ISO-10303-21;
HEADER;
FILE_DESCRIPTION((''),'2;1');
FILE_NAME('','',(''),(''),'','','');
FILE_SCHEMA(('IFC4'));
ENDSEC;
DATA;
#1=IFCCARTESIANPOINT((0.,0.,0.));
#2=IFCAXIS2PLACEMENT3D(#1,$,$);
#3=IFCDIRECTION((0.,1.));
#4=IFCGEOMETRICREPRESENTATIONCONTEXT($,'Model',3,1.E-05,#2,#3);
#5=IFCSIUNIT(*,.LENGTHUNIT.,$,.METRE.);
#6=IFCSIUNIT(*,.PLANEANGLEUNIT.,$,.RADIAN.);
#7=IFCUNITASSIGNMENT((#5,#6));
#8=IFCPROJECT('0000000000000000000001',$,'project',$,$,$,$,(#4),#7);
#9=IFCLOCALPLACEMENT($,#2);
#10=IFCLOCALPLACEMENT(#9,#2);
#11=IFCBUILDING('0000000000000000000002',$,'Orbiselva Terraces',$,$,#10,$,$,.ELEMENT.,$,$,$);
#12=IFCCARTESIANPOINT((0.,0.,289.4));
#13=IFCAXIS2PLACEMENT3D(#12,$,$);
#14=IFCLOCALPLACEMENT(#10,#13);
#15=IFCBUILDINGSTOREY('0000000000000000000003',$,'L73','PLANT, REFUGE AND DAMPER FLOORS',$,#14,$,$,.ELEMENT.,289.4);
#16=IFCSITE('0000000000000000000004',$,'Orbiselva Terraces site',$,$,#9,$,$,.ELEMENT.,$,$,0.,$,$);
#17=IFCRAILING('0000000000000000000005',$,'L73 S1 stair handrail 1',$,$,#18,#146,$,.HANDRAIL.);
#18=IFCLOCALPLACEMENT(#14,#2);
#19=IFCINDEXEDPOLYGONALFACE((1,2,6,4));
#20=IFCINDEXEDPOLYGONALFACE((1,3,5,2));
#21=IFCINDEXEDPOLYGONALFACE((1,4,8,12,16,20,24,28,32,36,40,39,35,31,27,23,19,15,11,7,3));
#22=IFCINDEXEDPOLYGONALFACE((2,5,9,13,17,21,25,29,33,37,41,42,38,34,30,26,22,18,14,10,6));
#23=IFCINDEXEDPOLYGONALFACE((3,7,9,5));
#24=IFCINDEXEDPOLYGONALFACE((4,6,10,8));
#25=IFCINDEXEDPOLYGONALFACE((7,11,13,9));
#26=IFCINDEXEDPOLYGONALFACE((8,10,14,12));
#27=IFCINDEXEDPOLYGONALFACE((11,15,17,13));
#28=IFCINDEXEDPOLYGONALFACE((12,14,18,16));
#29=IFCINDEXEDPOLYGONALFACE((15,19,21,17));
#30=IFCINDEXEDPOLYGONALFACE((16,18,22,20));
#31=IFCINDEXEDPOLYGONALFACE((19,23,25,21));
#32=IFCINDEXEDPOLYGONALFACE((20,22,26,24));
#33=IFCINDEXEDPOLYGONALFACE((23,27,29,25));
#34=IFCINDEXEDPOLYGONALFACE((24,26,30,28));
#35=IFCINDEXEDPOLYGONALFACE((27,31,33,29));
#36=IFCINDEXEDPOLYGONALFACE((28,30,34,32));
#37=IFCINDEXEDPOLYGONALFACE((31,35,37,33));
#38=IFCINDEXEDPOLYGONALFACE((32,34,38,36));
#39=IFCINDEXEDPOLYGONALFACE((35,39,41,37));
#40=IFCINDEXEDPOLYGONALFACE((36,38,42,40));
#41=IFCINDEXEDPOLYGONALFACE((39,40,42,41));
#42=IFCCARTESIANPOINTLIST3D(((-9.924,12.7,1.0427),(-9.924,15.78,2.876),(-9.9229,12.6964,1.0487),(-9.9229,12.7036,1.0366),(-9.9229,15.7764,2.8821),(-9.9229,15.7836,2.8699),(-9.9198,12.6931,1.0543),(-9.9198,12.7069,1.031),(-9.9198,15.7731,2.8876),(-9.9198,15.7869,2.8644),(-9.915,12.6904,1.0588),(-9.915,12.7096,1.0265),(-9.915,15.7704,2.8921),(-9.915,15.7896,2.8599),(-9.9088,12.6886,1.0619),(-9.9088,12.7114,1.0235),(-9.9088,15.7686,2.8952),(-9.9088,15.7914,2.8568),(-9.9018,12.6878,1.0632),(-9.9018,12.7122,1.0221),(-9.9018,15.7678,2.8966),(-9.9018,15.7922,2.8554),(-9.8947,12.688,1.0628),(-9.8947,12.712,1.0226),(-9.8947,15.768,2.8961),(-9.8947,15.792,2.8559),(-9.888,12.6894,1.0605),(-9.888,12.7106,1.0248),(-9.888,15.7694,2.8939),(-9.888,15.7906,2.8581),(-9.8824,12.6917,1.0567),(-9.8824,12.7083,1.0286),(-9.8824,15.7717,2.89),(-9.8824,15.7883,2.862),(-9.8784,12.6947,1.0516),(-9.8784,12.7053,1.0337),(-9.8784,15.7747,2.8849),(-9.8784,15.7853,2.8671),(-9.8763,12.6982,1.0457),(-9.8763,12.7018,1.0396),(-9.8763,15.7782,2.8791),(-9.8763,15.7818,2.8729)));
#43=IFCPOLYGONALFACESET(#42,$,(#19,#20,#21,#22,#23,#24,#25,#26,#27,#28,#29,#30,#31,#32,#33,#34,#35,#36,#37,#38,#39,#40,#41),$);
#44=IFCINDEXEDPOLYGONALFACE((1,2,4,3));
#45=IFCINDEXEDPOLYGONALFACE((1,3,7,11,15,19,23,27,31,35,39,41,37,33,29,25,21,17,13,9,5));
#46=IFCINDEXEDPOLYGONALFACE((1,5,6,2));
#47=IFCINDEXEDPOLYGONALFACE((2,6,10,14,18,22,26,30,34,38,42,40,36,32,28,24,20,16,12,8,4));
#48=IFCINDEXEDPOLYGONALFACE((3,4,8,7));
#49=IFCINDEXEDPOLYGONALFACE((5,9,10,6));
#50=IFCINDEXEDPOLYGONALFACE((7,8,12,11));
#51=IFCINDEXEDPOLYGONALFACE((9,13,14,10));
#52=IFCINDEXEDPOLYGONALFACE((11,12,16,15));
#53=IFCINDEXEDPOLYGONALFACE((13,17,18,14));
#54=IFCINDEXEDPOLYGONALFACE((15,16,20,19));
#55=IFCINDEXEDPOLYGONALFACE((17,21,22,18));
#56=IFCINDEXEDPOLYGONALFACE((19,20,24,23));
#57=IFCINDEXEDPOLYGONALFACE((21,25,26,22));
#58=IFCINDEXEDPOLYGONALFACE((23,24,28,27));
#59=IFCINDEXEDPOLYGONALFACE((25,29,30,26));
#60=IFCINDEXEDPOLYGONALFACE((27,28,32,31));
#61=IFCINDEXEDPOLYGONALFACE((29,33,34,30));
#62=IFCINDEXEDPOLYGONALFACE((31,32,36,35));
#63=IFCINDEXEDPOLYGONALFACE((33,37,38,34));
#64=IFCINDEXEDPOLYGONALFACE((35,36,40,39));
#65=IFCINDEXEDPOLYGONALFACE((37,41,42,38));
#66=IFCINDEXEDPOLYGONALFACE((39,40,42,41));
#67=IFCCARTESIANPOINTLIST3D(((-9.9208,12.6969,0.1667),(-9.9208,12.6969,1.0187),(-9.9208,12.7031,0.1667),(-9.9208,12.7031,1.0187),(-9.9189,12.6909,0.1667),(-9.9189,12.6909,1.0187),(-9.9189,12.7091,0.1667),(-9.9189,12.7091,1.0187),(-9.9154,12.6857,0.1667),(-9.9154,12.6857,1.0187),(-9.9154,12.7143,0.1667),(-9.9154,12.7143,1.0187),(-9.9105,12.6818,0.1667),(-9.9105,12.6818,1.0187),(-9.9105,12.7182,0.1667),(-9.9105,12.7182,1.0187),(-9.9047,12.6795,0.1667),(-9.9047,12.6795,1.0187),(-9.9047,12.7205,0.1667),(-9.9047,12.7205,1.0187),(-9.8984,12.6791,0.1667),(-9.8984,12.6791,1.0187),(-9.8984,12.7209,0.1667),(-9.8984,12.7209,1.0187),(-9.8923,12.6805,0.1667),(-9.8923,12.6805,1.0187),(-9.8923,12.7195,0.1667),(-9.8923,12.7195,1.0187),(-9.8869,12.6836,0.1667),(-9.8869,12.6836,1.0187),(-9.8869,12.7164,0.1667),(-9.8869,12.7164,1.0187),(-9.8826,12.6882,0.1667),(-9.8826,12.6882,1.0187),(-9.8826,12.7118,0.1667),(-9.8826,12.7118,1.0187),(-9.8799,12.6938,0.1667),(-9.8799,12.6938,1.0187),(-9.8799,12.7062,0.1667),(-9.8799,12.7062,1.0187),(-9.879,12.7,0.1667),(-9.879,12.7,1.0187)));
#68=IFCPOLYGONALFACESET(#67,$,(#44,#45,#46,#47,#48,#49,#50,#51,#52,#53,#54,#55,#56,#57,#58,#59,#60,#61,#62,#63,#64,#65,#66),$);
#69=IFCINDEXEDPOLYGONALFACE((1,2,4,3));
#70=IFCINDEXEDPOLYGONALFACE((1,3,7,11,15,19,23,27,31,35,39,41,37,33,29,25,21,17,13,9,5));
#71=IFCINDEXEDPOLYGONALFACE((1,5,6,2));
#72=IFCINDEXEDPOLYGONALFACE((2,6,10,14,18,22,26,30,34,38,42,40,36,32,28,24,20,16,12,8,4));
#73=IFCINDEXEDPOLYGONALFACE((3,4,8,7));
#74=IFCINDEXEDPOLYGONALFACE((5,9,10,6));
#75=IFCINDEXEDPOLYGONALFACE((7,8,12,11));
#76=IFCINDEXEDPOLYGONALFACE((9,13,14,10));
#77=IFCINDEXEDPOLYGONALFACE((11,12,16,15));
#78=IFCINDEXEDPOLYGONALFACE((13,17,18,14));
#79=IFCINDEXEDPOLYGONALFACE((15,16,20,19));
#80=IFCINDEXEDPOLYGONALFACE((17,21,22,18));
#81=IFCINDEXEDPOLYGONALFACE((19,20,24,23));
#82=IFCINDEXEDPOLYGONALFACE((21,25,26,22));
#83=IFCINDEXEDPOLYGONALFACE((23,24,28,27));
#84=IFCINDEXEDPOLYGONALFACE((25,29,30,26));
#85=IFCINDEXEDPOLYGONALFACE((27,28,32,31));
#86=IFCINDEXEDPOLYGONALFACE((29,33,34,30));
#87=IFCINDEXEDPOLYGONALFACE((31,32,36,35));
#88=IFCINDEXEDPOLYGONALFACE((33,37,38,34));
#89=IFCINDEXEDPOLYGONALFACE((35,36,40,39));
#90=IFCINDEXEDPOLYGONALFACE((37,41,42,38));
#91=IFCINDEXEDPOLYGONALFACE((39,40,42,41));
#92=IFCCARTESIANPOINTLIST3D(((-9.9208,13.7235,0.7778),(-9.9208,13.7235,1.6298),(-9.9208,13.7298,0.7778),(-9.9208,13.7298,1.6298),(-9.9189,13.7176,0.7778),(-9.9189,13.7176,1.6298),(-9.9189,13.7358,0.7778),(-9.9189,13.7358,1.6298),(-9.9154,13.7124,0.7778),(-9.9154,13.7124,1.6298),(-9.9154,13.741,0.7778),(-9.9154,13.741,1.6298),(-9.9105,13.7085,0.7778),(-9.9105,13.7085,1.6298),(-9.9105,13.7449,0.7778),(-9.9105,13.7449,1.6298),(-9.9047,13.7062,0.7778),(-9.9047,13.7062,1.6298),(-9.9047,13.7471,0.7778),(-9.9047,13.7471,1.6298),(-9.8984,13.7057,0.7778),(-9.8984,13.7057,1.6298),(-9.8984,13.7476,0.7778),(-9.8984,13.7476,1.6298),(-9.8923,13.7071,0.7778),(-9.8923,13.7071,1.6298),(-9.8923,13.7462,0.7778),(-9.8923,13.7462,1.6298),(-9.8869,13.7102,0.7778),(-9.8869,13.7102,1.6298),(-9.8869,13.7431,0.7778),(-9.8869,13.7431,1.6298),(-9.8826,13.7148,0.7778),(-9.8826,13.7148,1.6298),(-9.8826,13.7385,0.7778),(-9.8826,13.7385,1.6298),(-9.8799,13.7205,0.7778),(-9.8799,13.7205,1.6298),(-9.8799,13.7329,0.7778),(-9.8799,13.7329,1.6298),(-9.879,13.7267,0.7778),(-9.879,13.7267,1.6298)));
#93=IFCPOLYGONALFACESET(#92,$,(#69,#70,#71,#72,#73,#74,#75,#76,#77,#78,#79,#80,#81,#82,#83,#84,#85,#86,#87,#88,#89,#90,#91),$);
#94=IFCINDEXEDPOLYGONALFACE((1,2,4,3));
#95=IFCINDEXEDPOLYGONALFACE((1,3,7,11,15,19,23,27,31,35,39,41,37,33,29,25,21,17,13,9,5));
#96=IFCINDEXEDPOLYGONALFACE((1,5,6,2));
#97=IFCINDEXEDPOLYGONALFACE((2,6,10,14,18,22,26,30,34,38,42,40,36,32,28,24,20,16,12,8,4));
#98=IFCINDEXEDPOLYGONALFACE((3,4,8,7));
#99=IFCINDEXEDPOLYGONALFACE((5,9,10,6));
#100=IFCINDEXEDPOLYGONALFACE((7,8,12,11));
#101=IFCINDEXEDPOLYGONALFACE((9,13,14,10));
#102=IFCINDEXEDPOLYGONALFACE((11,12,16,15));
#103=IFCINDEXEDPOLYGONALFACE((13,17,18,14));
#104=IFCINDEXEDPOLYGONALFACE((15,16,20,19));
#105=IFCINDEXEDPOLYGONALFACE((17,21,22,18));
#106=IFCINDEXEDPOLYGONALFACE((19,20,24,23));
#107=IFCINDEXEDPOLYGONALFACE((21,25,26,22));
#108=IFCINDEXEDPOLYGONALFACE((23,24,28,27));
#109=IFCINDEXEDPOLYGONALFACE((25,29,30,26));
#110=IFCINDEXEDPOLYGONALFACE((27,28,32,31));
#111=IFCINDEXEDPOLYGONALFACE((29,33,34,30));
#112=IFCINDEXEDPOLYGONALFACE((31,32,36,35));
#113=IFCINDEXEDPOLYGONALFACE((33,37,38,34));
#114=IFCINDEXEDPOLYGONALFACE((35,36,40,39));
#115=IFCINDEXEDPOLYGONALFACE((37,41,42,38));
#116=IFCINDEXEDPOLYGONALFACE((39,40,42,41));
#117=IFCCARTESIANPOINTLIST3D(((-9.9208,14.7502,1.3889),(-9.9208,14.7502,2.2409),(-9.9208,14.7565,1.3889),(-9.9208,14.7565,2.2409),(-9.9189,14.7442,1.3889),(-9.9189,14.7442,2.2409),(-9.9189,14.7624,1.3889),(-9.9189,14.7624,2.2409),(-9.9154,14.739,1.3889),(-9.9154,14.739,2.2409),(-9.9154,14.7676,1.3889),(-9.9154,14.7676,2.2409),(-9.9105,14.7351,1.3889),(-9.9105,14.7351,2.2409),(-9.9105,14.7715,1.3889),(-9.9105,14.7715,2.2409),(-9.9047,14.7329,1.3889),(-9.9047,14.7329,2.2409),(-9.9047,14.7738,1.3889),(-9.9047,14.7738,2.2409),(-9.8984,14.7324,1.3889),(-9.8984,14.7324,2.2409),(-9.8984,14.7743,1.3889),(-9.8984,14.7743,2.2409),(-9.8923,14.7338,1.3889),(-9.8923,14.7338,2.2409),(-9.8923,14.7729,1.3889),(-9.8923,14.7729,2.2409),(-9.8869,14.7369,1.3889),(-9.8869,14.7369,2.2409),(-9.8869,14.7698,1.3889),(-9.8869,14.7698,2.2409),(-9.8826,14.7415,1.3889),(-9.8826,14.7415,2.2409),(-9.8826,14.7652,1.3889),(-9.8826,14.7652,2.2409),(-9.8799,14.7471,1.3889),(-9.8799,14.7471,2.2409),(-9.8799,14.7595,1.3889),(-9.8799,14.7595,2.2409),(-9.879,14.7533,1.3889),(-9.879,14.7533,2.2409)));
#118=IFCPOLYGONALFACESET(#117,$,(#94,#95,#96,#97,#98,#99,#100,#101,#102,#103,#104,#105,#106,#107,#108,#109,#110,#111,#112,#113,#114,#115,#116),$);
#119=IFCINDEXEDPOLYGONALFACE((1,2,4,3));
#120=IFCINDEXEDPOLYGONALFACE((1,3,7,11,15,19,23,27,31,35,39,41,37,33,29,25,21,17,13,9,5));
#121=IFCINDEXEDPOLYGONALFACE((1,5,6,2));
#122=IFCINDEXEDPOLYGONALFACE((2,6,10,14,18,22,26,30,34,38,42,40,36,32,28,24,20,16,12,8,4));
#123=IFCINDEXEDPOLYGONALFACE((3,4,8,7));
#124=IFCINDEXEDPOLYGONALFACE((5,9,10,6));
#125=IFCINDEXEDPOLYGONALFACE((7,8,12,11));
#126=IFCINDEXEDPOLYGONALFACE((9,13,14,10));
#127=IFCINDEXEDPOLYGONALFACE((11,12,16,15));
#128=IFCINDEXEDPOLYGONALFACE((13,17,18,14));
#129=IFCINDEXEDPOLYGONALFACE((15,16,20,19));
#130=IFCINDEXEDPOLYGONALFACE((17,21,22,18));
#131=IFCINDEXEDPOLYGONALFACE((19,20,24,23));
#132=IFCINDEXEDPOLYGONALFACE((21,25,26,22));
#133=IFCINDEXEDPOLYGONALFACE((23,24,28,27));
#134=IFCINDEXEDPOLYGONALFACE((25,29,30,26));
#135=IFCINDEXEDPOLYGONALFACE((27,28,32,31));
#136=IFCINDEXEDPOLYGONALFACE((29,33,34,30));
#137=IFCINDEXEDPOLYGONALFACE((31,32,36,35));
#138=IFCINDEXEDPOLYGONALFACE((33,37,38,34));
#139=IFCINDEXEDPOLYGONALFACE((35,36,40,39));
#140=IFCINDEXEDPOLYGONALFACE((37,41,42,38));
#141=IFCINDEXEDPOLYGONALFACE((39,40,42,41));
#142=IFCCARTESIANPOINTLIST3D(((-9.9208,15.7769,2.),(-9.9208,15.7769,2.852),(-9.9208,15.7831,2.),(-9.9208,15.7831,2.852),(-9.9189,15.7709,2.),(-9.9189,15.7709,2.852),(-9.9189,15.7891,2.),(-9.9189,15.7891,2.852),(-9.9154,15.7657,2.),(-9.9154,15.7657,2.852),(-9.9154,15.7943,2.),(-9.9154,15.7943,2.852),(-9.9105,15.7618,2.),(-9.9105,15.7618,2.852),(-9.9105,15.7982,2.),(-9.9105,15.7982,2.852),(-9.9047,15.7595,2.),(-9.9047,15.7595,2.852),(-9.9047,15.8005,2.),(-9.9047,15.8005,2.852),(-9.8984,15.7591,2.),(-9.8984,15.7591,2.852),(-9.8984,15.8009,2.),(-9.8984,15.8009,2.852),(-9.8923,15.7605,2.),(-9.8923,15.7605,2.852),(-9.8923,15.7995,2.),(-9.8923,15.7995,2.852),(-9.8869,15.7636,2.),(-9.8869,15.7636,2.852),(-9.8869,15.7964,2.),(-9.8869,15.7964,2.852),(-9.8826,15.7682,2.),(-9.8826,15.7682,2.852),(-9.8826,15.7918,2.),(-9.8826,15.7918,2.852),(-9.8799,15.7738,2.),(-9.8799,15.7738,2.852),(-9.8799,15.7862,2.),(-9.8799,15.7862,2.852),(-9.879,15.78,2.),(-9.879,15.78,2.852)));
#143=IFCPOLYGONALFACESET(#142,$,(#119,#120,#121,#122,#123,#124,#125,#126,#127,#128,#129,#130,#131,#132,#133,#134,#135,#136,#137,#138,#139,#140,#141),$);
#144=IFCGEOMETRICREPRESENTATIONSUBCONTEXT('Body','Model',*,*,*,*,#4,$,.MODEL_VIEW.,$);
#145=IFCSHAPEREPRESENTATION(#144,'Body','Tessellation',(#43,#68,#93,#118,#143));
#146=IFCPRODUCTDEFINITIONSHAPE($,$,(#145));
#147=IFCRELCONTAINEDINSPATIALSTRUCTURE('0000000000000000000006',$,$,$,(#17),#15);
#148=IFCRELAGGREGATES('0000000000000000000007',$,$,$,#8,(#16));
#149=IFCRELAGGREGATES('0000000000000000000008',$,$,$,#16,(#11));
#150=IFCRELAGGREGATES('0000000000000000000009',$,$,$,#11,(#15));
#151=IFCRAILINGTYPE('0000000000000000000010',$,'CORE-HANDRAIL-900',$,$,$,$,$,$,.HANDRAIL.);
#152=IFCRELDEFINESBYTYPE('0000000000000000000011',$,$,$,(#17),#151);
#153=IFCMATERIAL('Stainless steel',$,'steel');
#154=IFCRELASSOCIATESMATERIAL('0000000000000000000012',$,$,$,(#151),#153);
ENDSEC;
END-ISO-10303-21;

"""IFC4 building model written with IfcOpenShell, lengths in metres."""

from ifc_helpers import new_model, si_unit, direction, frame, origin, origin_2d, place, context, subcontext, project, spatial, circle, extrude, material, type_object, element, save


model = new_model("IFC4")

# Units and contexts
model_context = context("Model", 3, precision=1e-05, world=origin(), true_north=direction((0.0, 1.0)))
body_context = subcontext(model_context, "Body", "Model", "MODEL_VIEW")
ifc_project = project(units=[si_unit("LENGTHUNIT", "METRE"), si_unit("PLANEANGLEUNIT", "RADIAN")], contexts=[model_context])

# Site, building, storey
site_placement = place(None, origin())
site = spatial("IfcSite", under=ifc_project, at=site_placement, Name="Orbiselva Terraces site", CompositionType="ELEMENT", RefElevation=0.0)
building_placement = place(site_placement, origin())
building = spatial("IfcBuilding", under=site, at=building_placement, Name="Orbiselva Terraces", CompositionType="ELEMENT")
storey_placement = place(building_placement, frame((0.0, 0.0, 289.4)))
storey = spatial("IfcBuildingStorey", under=building, at=storey_placement, Name="L73", Description="PLANT, REFUGE AND DAMPER FLOORS", CompositionType="ELEMENT", Elevation=289.4)

# Railing
ifc_material_1 = material(Name="Stainless steel", Category="steel")
railing_type_1 = type_object("IfcRailingType", Name="CORE-HANDRAIL-900", PredefinedType="HANDRAIL", material=ifc_material_1)
railing_1_placement = place(storey_placement, frame((-9.9, 12.7, 0.1667)))
element("IfcRailing", 1, at=railing_1_placement, inside=storey, type_object=railing_type_1, Name="L73 S1 stair handrail 1", PredefinedType="HANDRAIL", context=body_context, shape_type="SweptSolid", body=[
    extrude(circle(Radius=0.024, at=origin_2d()), frame((0.0, 0.0, 0.876), z_axis=(0.0, 0.859293, 0.511484), x_axis=(-1.0, 0.0, 0.0)), (0.0, 0.0, 1.0), 3.5843),
    extrude(circle(Radius=0.021, at=origin_2d()), origin(), (0.0, 0.0, 1.0), 0.852),
    extrude(circle(Radius=0.021, at=origin_2d()), frame((0.0, 1.0267, 0.6111)), (0.0, 0.0, 1.0), 0.852),
    extrude(circle(Radius=0.021, at=origin_2d()), frame((0.0, 2.0533, 1.2222)), (0.0, 0.0, 1.0), 0.852),
    extrude(circle(Radius=0.021, at=origin_2d()), frame((0.0, 3.08, 1.8333)), (0.0, 0.0, 1.0), 0.852),
])

save(model, "model.ifc")
